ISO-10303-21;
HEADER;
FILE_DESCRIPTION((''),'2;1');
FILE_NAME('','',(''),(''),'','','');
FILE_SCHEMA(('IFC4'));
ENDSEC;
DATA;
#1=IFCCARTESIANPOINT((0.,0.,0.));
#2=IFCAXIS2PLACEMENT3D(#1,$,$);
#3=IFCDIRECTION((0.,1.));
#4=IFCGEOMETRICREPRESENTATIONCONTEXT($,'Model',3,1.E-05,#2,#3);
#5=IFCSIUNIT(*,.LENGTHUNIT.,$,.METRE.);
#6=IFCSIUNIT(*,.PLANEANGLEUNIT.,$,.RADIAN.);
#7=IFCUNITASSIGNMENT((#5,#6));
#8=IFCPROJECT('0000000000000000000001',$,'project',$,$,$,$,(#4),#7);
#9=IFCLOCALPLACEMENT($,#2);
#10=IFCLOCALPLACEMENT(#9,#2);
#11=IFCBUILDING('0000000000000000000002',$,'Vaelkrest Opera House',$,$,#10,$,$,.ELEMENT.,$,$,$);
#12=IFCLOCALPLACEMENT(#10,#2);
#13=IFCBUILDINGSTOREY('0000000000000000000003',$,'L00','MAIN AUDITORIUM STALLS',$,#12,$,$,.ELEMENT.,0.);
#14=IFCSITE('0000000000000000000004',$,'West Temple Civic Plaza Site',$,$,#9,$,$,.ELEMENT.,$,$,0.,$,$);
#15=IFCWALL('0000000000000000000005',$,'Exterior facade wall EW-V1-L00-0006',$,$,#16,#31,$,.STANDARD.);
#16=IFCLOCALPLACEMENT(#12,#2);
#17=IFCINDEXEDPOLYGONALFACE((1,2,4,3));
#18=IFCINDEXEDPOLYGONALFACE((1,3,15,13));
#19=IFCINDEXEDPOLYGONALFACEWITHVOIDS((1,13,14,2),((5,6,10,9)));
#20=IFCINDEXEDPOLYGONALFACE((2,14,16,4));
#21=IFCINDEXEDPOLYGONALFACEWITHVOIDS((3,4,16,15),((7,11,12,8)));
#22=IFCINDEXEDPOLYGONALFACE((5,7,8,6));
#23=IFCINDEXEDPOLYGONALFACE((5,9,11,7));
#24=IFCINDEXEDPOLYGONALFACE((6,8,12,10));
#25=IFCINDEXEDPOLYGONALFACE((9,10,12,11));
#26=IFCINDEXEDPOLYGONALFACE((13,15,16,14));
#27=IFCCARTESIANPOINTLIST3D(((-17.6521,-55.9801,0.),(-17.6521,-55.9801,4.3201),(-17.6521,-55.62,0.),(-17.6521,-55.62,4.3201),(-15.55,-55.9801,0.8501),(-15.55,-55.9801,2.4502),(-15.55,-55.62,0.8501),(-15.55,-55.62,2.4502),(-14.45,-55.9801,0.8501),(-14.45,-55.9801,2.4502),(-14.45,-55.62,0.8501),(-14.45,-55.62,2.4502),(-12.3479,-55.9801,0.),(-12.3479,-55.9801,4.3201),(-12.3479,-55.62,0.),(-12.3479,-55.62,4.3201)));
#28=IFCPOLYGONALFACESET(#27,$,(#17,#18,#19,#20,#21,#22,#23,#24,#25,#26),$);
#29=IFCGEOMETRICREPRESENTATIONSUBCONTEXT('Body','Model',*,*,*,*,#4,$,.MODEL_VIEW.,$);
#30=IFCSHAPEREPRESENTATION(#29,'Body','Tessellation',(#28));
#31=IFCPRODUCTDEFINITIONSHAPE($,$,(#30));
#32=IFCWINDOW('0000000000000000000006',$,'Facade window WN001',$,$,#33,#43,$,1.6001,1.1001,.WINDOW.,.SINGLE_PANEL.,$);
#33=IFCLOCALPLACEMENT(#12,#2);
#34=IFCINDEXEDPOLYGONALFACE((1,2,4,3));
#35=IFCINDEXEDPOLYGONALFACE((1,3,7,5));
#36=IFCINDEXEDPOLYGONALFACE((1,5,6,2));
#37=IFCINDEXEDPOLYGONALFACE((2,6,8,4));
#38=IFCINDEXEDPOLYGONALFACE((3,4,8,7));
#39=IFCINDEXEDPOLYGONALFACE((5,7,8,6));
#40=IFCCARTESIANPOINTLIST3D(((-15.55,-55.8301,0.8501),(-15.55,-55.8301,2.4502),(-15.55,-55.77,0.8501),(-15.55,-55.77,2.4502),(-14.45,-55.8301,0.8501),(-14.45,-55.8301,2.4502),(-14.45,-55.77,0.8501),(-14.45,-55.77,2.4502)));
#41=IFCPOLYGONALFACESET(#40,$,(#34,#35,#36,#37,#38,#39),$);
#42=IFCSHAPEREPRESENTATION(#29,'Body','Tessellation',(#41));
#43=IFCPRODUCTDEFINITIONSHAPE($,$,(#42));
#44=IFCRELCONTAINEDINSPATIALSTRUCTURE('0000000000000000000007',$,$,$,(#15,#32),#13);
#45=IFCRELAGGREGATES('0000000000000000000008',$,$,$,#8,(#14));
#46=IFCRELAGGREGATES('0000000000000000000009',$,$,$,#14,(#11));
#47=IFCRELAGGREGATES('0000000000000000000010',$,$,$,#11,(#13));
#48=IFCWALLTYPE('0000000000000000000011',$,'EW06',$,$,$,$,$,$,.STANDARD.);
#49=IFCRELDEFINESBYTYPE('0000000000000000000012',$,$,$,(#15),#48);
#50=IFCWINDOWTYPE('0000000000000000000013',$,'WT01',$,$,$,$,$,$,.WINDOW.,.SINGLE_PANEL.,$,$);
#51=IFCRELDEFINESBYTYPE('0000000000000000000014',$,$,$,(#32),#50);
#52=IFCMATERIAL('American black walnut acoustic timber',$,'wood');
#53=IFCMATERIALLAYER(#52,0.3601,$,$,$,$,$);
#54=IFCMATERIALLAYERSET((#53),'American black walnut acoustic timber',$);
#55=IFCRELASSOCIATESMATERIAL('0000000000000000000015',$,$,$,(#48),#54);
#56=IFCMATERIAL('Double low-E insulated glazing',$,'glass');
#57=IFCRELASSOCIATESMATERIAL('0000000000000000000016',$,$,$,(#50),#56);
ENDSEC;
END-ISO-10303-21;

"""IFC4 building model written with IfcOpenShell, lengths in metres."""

from ifc_helpers import new_model, si_unit, direction, frame, frame_2d, origin, place, context, subcontext, project, spatial, rectangle, extrude, material, layer, layer_set, type_object, element, fill, save


model = new_model("IFC4")

# Units and contexts
model_context = context("Model", 3, precision=1e-05, world=origin(), true_north=direction((0.0, 1.0)))
body_context = subcontext(model_context, "Body", "Model", "MODEL_VIEW")
ifc_project = project(units=[si_unit("LENGTHUNIT", "METRE"), si_unit("PLANEANGLEUNIT", "RADIAN")], contexts=[model_context])

# Site, building, storey
site_placement = place(None, origin())
site = spatial("IfcSite", under=ifc_project, at=site_placement, Name="West Temple Civic Plaza Site", CompositionType="ELEMENT", RefElevation=0.0)
building_placement = place(site_placement, origin())
building = spatial("IfcBuilding", under=site, at=building_placement, Name="Vaelkrest Opera House", CompositionType="ELEMENT")
storey_placement = place(building_placement, origin())
storey = spatial("IfcBuildingStorey", under=building, at=storey_placement, Name="L00", Description="MAIN AUDITORIUM STALLS", CompositionType="ELEMENT", Elevation=0.0)

# Shared definitions
ifc_material_1 = material(Name="Double low-E insulated glazing", Category="glass")

# Wall, opening, window
ifc_material_2 = material(Name="American black walnut acoustic timber", Category="wood")
ifc_layer_1 = layer(ifc_material_2, 0.3601)
ifc_layer_set_1 = layer_set([ifc_layer_1], Name="American black walnut acoustic timber")
wall_type = type_object("IfcWallType", Name="EW06", PredefinedType="STANDARD", material=ifc_layer_set_1)
wall_placement = place(storey_placement, frame((-12.3479, -55.8, 0.0), z_axis=(0.0, 0.0, 1.0), x_axis=(-1.0, 0.0, 0.0)))
wall = element("IfcWall", 1, at=wall_placement, inside=storey, type_object=wall_type, Name="Exterior facade wall EW-V1-L00-0006", PredefinedType="STANDARD", context=body_context, shape_type="SweptSolid", body=[
    extrude(rectangle(XDim=5.3042, YDim=0.3601, at=frame_2d((2.6521, 0.0))), origin(), (0.0, 0.0, 1.0), 4.3201),
])
opening_placement = place(wall_placement, frame((2.1021, 0.0, 0.8501)))
opening = element("IfcOpeningElement", 2, at=opening_placement, cuts=wall, PredefinedType="OPENING", context=body_context, shape_type="SweptSolid", body=[
    extrude(rectangle(XDim=1.1001, YDim=1.6001, at=frame_2d((0.55, 0.8))), frame((0.0, 0.1899, 0.0), z_axis=(0.0, -1.0, 0.0), x_axis=(1.0, 0.0, 0.0)), (0.0, 0.0, 1.0), 0.3801),
])
window_type = type_object("IfcWindowType", Name="WT01", PartitioningType="SINGLE_PANEL", PredefinedType="WINDOW", material=ifc_material_1)
window_placement = place(opening_placement, origin())
window = element("IfcWindow", 3, at=window_placement, inside=storey, type_object=window_type, Name="Facade window WN001", OverallHeight=1.6001, OverallWidth=1.1001, PartitioningType="SINGLE_PANEL", PredefinedType="WINDOW", context=body_context, shape_type="SweptSolid", body=[
    extrude(rectangle(XDim=1.1001, YDim=1.6001, at=frame_2d((0.55, 0.8))), frame((0.0, 0.03, 0.0), z_axis=(0.0, -1.0, 0.0), x_axis=(1.0, 0.0, 0.0)), (0.0, 0.0, 1.0), 0.0601),
])
fill(opening, window)

save(model, "model.ifc")
